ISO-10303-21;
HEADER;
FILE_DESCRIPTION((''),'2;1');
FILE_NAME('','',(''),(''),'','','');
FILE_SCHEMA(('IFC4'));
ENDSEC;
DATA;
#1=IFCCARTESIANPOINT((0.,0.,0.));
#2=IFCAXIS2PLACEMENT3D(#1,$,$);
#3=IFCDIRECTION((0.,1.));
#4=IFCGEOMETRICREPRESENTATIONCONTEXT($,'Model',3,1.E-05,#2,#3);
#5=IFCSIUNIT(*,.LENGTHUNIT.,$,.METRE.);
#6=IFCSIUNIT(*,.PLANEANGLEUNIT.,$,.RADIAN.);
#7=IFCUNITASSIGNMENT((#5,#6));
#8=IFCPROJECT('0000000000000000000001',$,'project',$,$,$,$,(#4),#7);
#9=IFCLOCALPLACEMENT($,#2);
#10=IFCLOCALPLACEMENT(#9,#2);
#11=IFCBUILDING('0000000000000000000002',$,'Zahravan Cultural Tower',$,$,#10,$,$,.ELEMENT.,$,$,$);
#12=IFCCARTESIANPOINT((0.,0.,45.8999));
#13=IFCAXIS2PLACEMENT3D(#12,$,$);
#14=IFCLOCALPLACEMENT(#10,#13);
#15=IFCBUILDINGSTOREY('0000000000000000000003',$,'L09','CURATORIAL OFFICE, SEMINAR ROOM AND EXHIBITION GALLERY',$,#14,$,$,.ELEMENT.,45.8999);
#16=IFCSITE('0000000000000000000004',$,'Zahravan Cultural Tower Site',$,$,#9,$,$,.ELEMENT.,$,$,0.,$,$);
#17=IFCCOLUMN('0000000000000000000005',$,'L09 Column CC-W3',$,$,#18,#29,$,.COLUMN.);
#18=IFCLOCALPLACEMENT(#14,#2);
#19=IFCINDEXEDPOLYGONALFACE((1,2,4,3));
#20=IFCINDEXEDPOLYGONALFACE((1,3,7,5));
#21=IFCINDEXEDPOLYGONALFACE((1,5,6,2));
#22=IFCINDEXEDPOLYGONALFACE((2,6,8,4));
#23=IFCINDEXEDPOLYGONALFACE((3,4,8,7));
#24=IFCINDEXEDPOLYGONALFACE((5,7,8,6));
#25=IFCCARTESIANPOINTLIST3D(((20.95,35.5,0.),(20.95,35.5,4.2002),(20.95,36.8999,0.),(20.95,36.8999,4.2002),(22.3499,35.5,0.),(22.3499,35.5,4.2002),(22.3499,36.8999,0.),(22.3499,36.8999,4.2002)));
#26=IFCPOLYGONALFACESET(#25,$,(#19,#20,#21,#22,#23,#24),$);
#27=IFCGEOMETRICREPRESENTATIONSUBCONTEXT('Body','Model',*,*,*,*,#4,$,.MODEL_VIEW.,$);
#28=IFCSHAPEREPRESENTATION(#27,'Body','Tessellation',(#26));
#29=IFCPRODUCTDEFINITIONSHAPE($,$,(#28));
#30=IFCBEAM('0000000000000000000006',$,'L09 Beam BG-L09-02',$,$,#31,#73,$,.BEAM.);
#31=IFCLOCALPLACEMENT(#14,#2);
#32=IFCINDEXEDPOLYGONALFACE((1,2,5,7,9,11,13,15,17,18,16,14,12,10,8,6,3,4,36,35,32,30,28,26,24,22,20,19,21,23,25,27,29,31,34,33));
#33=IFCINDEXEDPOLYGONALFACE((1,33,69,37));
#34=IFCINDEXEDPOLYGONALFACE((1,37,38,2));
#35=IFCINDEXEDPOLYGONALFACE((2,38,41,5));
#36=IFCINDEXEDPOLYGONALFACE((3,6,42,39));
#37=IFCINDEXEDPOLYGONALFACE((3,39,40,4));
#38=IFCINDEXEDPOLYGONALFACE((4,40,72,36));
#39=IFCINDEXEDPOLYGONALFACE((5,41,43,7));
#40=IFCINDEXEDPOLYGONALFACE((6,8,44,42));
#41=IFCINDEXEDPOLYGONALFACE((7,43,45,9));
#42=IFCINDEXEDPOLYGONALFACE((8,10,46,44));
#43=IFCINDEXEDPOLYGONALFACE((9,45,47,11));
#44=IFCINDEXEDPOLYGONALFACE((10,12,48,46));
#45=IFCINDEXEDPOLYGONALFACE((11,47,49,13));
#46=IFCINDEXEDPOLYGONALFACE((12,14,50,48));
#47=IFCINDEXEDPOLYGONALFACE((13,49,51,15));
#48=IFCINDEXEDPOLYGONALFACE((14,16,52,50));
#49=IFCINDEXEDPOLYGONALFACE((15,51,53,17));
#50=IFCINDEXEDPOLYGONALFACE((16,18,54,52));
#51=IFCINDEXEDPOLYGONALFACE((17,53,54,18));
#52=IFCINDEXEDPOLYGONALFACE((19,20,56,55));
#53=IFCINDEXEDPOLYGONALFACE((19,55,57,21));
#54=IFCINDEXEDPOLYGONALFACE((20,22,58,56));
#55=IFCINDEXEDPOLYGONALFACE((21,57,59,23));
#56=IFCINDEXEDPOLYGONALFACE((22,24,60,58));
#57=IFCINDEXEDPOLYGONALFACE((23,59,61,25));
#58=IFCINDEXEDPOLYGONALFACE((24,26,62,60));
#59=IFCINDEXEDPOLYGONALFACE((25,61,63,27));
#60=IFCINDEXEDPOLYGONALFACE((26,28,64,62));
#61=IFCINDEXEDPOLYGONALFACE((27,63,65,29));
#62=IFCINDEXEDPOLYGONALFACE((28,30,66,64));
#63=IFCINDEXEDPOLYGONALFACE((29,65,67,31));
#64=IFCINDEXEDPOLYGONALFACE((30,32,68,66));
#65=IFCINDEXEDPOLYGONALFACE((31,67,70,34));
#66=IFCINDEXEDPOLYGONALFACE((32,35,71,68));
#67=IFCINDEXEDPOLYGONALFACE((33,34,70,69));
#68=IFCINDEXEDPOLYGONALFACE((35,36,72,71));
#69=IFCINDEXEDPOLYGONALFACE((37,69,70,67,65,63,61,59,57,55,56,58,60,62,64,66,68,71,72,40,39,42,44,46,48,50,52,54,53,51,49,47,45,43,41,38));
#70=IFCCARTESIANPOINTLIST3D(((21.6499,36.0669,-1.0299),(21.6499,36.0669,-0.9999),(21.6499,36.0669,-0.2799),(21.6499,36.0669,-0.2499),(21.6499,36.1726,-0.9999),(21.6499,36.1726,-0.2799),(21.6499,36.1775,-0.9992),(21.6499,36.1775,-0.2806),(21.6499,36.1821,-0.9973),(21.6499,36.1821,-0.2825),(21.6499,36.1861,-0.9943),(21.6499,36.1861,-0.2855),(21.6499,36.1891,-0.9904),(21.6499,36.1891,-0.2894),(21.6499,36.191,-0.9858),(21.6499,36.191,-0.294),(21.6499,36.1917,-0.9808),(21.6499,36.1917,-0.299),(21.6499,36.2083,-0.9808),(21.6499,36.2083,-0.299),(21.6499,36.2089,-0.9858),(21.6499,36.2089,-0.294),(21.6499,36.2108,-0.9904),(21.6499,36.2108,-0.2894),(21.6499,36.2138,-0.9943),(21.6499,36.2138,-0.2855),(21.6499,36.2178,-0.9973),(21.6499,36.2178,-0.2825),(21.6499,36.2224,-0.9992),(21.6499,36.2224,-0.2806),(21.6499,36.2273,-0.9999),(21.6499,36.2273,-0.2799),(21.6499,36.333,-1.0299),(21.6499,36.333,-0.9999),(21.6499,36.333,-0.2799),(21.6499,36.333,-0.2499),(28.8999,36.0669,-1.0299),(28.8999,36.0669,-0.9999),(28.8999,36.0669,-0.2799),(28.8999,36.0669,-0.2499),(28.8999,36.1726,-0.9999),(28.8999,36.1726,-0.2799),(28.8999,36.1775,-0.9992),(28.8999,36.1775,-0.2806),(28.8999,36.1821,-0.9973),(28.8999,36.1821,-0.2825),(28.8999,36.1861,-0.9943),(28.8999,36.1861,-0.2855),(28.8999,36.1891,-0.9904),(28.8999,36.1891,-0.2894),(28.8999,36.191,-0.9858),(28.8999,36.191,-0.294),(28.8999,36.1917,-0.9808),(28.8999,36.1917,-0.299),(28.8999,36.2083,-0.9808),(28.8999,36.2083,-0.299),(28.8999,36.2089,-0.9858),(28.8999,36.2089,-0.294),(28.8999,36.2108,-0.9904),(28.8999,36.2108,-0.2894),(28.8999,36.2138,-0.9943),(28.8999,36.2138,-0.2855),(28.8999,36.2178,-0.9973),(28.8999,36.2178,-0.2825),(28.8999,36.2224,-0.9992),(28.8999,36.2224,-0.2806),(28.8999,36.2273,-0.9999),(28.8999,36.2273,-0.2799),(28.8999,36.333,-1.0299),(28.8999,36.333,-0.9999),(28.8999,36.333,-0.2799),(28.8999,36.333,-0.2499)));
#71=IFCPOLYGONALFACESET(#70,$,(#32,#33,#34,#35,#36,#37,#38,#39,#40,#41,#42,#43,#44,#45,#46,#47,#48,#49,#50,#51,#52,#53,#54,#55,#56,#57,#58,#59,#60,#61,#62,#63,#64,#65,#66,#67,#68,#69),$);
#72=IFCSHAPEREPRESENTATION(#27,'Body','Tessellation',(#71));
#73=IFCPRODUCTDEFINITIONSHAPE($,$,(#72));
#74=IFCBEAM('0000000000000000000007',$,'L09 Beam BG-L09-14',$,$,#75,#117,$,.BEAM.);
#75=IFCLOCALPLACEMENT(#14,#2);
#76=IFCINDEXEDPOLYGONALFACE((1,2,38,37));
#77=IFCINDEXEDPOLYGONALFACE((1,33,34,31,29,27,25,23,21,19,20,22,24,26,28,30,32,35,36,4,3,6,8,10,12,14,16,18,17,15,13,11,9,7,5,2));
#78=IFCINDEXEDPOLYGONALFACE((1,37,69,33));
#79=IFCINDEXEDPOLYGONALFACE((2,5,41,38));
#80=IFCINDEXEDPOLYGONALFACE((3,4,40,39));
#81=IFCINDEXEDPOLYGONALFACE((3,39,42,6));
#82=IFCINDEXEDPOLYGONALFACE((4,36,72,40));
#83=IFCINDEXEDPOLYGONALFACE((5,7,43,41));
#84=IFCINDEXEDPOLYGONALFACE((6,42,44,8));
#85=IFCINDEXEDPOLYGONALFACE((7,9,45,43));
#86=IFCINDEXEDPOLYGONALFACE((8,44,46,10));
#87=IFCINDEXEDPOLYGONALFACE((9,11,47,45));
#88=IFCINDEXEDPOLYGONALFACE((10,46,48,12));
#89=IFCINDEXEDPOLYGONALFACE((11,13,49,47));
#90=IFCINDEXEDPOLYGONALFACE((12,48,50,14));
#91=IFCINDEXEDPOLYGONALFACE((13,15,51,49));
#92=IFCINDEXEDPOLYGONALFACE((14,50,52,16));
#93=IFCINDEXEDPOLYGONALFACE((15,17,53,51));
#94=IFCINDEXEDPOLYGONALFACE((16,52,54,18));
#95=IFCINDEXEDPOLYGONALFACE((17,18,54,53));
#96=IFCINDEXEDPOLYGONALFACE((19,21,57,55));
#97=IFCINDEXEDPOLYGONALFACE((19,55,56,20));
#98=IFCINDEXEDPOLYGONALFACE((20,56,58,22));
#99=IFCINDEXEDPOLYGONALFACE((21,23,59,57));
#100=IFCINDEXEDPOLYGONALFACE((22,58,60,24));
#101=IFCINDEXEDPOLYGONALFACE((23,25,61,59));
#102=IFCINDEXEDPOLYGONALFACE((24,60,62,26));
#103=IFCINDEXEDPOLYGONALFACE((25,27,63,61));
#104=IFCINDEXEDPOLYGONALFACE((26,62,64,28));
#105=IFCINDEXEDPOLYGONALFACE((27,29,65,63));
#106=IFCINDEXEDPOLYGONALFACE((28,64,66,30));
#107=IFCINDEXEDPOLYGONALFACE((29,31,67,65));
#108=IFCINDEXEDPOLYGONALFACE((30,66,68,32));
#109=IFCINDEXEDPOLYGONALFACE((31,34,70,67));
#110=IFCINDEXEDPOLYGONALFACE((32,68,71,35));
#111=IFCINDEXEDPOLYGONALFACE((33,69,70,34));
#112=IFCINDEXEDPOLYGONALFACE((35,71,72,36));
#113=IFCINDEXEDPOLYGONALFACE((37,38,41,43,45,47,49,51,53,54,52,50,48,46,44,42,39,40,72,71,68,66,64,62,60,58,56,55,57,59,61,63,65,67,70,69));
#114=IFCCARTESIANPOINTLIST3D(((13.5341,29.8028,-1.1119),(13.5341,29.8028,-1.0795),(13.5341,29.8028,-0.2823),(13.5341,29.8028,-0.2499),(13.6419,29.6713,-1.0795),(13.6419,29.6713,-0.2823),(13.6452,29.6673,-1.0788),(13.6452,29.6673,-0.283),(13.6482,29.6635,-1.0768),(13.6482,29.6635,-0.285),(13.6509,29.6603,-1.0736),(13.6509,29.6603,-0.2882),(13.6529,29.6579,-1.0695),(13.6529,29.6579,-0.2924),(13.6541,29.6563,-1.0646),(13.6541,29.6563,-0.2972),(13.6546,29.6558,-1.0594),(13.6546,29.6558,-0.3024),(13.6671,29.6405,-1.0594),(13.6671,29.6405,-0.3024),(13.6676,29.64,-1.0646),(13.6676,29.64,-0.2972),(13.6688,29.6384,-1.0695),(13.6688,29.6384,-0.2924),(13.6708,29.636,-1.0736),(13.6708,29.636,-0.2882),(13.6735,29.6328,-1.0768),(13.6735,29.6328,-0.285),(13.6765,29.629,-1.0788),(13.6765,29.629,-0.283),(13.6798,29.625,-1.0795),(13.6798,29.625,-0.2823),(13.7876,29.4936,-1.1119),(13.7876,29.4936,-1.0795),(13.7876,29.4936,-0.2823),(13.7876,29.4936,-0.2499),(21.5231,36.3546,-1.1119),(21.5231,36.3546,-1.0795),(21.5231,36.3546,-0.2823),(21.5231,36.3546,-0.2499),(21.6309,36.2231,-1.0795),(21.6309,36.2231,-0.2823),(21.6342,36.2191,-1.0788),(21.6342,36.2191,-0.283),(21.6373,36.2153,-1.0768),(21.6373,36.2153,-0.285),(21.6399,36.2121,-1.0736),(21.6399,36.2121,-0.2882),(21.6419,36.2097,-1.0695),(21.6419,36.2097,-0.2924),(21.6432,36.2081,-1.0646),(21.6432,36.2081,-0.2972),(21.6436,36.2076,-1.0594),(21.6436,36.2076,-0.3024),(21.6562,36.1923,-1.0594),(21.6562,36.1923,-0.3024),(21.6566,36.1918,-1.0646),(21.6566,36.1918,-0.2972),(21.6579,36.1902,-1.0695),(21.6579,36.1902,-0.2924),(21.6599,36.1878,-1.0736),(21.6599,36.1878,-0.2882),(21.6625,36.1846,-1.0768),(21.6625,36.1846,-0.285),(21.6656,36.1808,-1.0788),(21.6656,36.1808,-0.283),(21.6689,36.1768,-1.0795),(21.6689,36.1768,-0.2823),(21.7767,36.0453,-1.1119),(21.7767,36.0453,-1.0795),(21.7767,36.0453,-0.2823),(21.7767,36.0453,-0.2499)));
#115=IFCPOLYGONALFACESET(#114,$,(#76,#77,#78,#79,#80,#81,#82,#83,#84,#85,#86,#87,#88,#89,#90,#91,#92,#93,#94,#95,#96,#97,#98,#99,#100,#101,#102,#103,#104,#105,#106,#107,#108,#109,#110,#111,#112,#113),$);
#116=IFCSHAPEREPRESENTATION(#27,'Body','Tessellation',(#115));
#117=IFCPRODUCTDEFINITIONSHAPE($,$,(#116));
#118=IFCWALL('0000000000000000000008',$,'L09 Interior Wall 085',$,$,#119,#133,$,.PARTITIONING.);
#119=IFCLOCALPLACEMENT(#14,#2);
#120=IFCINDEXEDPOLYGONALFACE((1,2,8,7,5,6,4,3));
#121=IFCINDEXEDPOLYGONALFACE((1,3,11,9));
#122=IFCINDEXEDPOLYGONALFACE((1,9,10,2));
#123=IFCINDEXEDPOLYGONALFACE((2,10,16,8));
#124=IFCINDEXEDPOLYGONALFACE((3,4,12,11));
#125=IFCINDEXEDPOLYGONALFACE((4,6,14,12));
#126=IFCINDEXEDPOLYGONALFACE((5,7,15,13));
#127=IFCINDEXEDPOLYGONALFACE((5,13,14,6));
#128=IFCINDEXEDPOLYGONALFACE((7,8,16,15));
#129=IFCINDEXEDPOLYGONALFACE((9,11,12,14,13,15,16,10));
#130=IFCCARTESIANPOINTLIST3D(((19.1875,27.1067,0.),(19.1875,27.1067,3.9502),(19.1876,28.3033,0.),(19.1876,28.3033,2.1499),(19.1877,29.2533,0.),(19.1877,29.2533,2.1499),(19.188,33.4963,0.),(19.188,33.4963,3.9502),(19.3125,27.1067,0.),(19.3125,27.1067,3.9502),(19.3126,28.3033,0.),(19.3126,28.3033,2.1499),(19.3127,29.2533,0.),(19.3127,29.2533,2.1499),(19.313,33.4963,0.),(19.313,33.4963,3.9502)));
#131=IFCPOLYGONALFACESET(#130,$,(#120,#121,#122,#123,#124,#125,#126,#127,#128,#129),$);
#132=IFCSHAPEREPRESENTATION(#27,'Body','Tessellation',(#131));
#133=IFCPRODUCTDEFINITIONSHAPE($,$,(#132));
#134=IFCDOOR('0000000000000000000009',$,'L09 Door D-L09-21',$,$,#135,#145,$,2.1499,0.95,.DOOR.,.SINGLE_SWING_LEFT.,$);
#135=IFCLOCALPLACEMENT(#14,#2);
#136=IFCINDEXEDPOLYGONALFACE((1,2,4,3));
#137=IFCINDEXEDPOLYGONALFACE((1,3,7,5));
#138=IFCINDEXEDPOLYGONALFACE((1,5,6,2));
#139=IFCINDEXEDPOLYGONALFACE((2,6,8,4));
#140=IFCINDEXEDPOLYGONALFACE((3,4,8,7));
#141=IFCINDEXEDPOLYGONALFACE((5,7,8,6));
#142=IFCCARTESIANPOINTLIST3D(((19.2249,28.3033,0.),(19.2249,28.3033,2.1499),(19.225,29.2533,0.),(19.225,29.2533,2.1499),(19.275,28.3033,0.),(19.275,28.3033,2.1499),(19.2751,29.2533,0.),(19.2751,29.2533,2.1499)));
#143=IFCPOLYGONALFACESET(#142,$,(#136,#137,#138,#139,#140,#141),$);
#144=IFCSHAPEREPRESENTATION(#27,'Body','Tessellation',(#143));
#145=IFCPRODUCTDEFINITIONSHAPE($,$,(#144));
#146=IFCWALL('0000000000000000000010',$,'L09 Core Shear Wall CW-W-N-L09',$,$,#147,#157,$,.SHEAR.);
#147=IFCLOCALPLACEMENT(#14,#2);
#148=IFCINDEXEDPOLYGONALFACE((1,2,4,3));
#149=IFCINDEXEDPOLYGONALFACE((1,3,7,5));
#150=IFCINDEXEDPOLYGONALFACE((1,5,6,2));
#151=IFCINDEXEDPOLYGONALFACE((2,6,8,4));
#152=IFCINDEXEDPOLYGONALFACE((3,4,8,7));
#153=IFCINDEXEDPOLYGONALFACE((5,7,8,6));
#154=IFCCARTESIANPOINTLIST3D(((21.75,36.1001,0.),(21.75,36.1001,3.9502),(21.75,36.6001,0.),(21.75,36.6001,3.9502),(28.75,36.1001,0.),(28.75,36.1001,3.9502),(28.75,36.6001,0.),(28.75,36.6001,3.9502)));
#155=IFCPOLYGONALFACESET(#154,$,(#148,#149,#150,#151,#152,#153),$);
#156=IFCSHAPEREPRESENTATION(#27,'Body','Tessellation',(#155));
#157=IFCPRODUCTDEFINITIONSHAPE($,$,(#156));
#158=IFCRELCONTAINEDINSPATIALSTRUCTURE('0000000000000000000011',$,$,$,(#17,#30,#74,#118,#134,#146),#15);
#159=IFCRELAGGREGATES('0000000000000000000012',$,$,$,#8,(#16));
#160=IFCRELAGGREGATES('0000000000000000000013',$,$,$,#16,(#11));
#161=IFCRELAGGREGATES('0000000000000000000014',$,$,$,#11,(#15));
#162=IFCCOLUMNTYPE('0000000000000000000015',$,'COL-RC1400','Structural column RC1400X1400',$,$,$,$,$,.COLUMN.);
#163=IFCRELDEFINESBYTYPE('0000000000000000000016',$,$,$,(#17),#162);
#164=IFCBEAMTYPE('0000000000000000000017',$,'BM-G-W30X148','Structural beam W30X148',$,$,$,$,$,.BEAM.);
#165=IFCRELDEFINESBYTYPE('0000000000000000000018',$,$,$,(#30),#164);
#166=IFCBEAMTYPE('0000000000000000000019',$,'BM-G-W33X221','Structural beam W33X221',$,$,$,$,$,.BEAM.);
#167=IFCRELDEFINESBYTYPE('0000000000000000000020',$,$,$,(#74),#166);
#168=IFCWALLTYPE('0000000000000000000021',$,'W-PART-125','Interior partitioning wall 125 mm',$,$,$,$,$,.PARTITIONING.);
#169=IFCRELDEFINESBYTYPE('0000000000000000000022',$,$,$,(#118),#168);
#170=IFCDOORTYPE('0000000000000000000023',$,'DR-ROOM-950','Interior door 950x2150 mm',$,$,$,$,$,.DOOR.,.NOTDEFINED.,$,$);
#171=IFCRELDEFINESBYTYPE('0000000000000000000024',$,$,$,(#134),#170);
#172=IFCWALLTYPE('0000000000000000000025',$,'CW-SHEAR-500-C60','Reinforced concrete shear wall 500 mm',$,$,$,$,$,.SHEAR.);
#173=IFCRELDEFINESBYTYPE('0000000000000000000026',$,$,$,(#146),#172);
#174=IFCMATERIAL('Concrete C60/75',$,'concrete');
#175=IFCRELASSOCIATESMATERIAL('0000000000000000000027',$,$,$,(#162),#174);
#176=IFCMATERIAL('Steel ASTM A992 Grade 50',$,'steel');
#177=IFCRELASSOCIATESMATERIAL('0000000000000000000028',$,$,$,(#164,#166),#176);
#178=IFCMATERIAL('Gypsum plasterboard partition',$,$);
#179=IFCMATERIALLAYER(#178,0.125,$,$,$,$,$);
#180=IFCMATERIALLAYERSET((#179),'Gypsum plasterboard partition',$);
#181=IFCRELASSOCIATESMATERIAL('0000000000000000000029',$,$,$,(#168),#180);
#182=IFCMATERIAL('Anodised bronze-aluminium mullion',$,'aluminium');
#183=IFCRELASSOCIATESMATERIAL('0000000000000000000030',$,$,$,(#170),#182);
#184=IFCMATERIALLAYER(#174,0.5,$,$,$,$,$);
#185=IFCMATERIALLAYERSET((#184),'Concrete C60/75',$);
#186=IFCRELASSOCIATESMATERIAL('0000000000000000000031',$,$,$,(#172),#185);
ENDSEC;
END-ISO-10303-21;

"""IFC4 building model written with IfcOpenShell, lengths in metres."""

from ifc_helpers import new_model, si_unit, direction, frame, frame_2d, origin, origin_2d, place, context, subcontext, project, spatial, rectangle, i_section, extrude, source, transform, mapped, material, layer, layer_set, material_profile, profile_set, type_object, element, fill, save


model = new_model("IFC4")

# Units and contexts
model_context = context("Model", 3, precision=1e-05, world=origin(), true_north=direction((0.0, 1.0)))
body_context = subcontext(model_context, "Body", "Model", "MODEL_VIEW")
ifc_project = project(units=[si_unit("LENGTHUNIT", "METRE"), si_unit("PLANEANGLEUNIT", "RADIAN")], contexts=[model_context])

# Site, building, storey
site_placement = place(None, origin())
site = spatial("IfcSite", under=ifc_project, at=site_placement, Name="Zahravan Cultural Tower Site", CompositionType="ELEMENT", RefElevation=0.0)
building_placement = place(site_placement, origin())
building = spatial("IfcBuilding", under=site, at=building_placement, Name="Zahravan Cultural Tower", CompositionType="ELEMENT")
storey_placement = place(building_placement, frame((0.0, 0.0, 45.8999)))
storey = spatial("IfcBuildingStorey", under=building, at=storey_placement, Name="L09", Description="CURATORIAL OFFICE, SEMINAR ROOM AND EXHIBITION GALLERY", CompositionType="ELEMENT", Elevation=45.8999)

# Column
ifc_material_1 = material(Name="Concrete C60/75", Category="concrete")
ifc_material_profile_1 = material_profile(ifc_material_1, rectangle(XDim=1.3999, YDim=1.3999, at=origin_2d()), Name="RC1400X1400")
ifc_profile_set_1 = profile_set([ifc_material_profile_1], Name="Concrete C60/75")
column_type = type_object("IfcColumnType", Name="COL-RC1400", Description="Structural column RC1400X1400", PredefinedType="COLUMN", material=ifc_profile_set_1)
shared_shape_1 = source(origin(), body_context, "Body", "SweptSolid", [
    extrude(rectangle(XDim=1.3999, YDim=1.3999, at=origin_2d()), origin(), (0.0, 0.0, 1.0), 4.2002),
])
column_placement = place(storey_placement, frame((21.6499, 36.2, 0.0), z_axis=(0.0, 0.0, 1.0), x_axis=(1.0, 0.0, 0.0)))
element("IfcColumn", 1, at=column_placement, inside=storey, type_object=column_type, Name="L09 Column CC-W3", PredefinedType="COLUMN", context=body_context, shape_type="MappedRepresentation", body=[
    mapped(shared_shape_1, transform((0.0, 0.0, 0.0), x_axis=(1.0, 0.0, 0.0), y_axis=(0.0, 1.0, 0.0), z_axis=(0.0, 0.0, 1.0), scale=1.0)),
])

# Beams
ifc_material_2 = material(Name="Steel ASTM A992 Grade 50", Category="steel")
ifc_material_profile_2 = material_profile(ifc_material_2, i_section(OverallWidth=0.2661, OverallDepth=0.78, WebThickness=0.0166, FlangeThickness=0.03, FilletRadius=0.019, at=origin_2d()), Name="W30X148")
ifc_profile_set_2 = profile_set([ifc_material_profile_2], Name="Steel ASTM A992 Grade 50")
beam_type_1 = type_object("IfcBeamType", Name="BM-G-W30X148", Description="Structural beam W30X148", PredefinedType="BEAM", material=ifc_profile_set_2)
shared_shape_2 = source(origin(), body_context, "Body", "SweptSolid", [
    extrude(i_section(OverallWidth=0.2661, OverallDepth=0.78, WebThickness=0.0166, FlangeThickness=0.03, FilletRadius=0.019, at=origin_2d()), origin(), (0.0, 0.0, 1.0), 7.25),
])
beam_1_placement = place(storey_placement, frame((21.6499, 36.2, -0.6399), z_axis=(1.0, 0.0, 0.0), x_axis=(0.0, 1.0, 0.0)))
element("IfcBeam", 2, at=beam_1_placement, inside=storey, type_object=beam_type_1, Name="L09 Beam BG-L09-02", PredefinedType="BEAM", context=body_context, shape_type="MappedRepresentation", body=[
    mapped(shared_shape_2, transform((0.0, 0.0, 0.0), x_axis=(1.0, 0.0, 0.0), y_axis=(0.0, 1.0, 0.0), z_axis=(0.0, 0.0, 1.0), scale=1.0)),
])
ifc_material_profile_3 = material_profile(ifc_material_2, i_section(OverallWidth=0.3999, OverallDepth=0.8621, WebThickness=0.0198, FlangeThickness=0.0325, FilletRadius=0.02, at=origin_2d()), Name="W33X221")
ifc_profile_set_3 = profile_set([ifc_material_profile_3], Name="Steel ASTM A992 Grade 50")
beam_type_2 = type_object("IfcBeamType", Name="BM-G-W33X221", Description="Structural beam W33X221", PredefinedType="BEAM", material=ifc_profile_set_3)
shared_shape_3 = source(origin(), body_context, "Body", "SweptSolid", [
    extrude(i_section(OverallWidth=0.3999, OverallDepth=0.8621, WebThickness=0.0198, FlangeThickness=0.0325, FilletRadius=0.02, at=origin_2d()), origin(), (0.0, 0.0, 1.0), 10.332),
])
beam_2_placement = place(storey_placement, frame((21.6499, 36.2, -0.6809), z_axis=(-0.773231, -0.634124, 0.0), x_axis=(0.634124, -0.773231, 0.0)))
element("IfcBeam", 3, at=beam_2_placement, inside=storey, type_object=beam_type_2, Name="L09 Beam BG-L09-14", PredefinedType="BEAM", context=body_context, shape_type="MappedRepresentation", body=[
    mapped(shared_shape_3, transform((0.0, 0.0, 0.0), x_axis=(1.0, 0.0, 0.0), y_axis=(0.0, 1.0, 0.0), z_axis=(0.0, 0.0, 1.0), scale=1.0)),
])

# Wall, opening, door
ifc_material_3 = material(Name="Anodised bronze-aluminium mullion", Category="aluminium")
ifc_material_4 = material(Name="Gypsum plasterboard partition")
ifc_layer_1 = layer(ifc_material_4, 0.125)
ifc_layer_set_1 = layer_set([ifc_layer_1], Name="Gypsum plasterboard partition")
wall_type_1 = type_object("IfcWallType", Name="W-PART-125", Description="Interior partitioning wall 125 mm", PredefinedType="PARTITIONING", material=ifc_layer_set_1)
wall_1_placement = place(storey_placement, frame((19.2505, 33.4963, 0.0), z_axis=(0.0, 0.0, 1.0), x_axis=(-0.000076, -1.0, 0.0)))
wall_1 = element("IfcWall", 4, at=wall_1_placement, inside=storey, type_object=wall_type_1, Name="L09 Interior Wall 085", PredefinedType="PARTITIONING", context=body_context, shape_type="SweptSolid", body=[
    extrude(rectangle(XDim=6.3896, YDim=0.125, at=frame_2d((3.1948, 0.0))), origin(), (0.0, 0.0, 1.0), 3.9502),
])
opening_1_placement = place(wall_1_placement, frame((4.2429, 0.0, 0.0)))
opening_1 = element("IfcOpeningElement", 5, at=opening_1_placement, cuts=wall_1, PredefinedType="OPENING", context=body_context, shape_type="SweptSolid", body=[
    extrude(rectangle(XDim=0.95, YDim=2.1499, at=frame_2d((0.4751, 1.075))), frame((0.0, 0.0725, 0.0), z_axis=(0.0, -1.0, 0.0), x_axis=(1.0, 0.0, 0.0)), (0.0, 0.0, 1.0), 0.145),
])
door_type_1 = type_object("IfcDoorType", Name="DR-ROOM-950", Description="Interior door 950x2150 mm", OperationType="NOTDEFINED", PredefinedType="DOOR", material=ifc_material_3)
shared_shape_4 = source(origin(), body_context, "Body", "SweptSolid", [
    extrude(rectangle(XDim=0.95, YDim=2.1499, at=frame_2d((0.4751, 1.075))), frame((0.0, 0.0249, 0.0), z_axis=(0.0, -1.0, 0.0), x_axis=(1.0, 0.0, 0.0)), (0.0, 0.0, 1.0), 0.05),
])
door_1_placement = place(opening_1_placement, origin())
door_1 = element("IfcDoor", 6, at=door_1_placement, inside=storey, type_object=door_type_1, Name="L09 Door D-L09-21", OperationType="SINGLE_SWING_LEFT", OverallHeight=2.1499, OverallWidth=0.95, PredefinedType="DOOR", context=body_context, shape_type="MappedRepresentation", body=[
    mapped(shared_shape_4, transform((0.0, 0.0, 0.0), x_axis=(1.0, 0.0, 0.0), y_axis=(0.0, 1.0, 0.0), z_axis=(0.0, 0.0, 1.0), scale=1.0)),
])
fill(opening_1, door_1)

# Wall
ifc_layer_2 = layer(ifc_material_1, 0.5)
ifc_layer_set_2 = layer_set([ifc_layer_2], Name="Concrete C60/75")
wall_type_2 = type_object("IfcWallType", Name="CW-SHEAR-500-C60", Description="Reinforced concrete shear wall 500 mm", PredefinedType="SHEAR", material=ifc_layer_set_2)
shared_shape_5 = source(origin(), body_context, "Body", "SweptSolid", [
    extrude(rectangle(XDim=7.0, YDim=0.5, at=frame_2d((3.5, 0.0))), origin(), (0.0, 0.0, 1.0), 3.9502),
])
wall_2_placement = place(storey_placement, frame((21.75, 36.3501, 0.0), z_axis=(0.0, 0.0, 1.0), x_axis=(1.0, 0.0, 0.0)))
element("IfcWall", 7, at=wall_2_placement, inside=storey, type_object=wall_type_2, Name="L09 Core Shear Wall CW-W-N-L09", PredefinedType="SHEAR", context=body_context, shape_type="MappedRepresentation", body=[
    mapped(shared_shape_5, transform((0.0, 0.0, 0.0), x_axis=(1.0, 0.0, 0.0), y_axis=(0.0, 1.0, 0.0), z_axis=(0.0, 0.0, 1.0), scale=1.0)),
])

save(model, "model.ifc")
